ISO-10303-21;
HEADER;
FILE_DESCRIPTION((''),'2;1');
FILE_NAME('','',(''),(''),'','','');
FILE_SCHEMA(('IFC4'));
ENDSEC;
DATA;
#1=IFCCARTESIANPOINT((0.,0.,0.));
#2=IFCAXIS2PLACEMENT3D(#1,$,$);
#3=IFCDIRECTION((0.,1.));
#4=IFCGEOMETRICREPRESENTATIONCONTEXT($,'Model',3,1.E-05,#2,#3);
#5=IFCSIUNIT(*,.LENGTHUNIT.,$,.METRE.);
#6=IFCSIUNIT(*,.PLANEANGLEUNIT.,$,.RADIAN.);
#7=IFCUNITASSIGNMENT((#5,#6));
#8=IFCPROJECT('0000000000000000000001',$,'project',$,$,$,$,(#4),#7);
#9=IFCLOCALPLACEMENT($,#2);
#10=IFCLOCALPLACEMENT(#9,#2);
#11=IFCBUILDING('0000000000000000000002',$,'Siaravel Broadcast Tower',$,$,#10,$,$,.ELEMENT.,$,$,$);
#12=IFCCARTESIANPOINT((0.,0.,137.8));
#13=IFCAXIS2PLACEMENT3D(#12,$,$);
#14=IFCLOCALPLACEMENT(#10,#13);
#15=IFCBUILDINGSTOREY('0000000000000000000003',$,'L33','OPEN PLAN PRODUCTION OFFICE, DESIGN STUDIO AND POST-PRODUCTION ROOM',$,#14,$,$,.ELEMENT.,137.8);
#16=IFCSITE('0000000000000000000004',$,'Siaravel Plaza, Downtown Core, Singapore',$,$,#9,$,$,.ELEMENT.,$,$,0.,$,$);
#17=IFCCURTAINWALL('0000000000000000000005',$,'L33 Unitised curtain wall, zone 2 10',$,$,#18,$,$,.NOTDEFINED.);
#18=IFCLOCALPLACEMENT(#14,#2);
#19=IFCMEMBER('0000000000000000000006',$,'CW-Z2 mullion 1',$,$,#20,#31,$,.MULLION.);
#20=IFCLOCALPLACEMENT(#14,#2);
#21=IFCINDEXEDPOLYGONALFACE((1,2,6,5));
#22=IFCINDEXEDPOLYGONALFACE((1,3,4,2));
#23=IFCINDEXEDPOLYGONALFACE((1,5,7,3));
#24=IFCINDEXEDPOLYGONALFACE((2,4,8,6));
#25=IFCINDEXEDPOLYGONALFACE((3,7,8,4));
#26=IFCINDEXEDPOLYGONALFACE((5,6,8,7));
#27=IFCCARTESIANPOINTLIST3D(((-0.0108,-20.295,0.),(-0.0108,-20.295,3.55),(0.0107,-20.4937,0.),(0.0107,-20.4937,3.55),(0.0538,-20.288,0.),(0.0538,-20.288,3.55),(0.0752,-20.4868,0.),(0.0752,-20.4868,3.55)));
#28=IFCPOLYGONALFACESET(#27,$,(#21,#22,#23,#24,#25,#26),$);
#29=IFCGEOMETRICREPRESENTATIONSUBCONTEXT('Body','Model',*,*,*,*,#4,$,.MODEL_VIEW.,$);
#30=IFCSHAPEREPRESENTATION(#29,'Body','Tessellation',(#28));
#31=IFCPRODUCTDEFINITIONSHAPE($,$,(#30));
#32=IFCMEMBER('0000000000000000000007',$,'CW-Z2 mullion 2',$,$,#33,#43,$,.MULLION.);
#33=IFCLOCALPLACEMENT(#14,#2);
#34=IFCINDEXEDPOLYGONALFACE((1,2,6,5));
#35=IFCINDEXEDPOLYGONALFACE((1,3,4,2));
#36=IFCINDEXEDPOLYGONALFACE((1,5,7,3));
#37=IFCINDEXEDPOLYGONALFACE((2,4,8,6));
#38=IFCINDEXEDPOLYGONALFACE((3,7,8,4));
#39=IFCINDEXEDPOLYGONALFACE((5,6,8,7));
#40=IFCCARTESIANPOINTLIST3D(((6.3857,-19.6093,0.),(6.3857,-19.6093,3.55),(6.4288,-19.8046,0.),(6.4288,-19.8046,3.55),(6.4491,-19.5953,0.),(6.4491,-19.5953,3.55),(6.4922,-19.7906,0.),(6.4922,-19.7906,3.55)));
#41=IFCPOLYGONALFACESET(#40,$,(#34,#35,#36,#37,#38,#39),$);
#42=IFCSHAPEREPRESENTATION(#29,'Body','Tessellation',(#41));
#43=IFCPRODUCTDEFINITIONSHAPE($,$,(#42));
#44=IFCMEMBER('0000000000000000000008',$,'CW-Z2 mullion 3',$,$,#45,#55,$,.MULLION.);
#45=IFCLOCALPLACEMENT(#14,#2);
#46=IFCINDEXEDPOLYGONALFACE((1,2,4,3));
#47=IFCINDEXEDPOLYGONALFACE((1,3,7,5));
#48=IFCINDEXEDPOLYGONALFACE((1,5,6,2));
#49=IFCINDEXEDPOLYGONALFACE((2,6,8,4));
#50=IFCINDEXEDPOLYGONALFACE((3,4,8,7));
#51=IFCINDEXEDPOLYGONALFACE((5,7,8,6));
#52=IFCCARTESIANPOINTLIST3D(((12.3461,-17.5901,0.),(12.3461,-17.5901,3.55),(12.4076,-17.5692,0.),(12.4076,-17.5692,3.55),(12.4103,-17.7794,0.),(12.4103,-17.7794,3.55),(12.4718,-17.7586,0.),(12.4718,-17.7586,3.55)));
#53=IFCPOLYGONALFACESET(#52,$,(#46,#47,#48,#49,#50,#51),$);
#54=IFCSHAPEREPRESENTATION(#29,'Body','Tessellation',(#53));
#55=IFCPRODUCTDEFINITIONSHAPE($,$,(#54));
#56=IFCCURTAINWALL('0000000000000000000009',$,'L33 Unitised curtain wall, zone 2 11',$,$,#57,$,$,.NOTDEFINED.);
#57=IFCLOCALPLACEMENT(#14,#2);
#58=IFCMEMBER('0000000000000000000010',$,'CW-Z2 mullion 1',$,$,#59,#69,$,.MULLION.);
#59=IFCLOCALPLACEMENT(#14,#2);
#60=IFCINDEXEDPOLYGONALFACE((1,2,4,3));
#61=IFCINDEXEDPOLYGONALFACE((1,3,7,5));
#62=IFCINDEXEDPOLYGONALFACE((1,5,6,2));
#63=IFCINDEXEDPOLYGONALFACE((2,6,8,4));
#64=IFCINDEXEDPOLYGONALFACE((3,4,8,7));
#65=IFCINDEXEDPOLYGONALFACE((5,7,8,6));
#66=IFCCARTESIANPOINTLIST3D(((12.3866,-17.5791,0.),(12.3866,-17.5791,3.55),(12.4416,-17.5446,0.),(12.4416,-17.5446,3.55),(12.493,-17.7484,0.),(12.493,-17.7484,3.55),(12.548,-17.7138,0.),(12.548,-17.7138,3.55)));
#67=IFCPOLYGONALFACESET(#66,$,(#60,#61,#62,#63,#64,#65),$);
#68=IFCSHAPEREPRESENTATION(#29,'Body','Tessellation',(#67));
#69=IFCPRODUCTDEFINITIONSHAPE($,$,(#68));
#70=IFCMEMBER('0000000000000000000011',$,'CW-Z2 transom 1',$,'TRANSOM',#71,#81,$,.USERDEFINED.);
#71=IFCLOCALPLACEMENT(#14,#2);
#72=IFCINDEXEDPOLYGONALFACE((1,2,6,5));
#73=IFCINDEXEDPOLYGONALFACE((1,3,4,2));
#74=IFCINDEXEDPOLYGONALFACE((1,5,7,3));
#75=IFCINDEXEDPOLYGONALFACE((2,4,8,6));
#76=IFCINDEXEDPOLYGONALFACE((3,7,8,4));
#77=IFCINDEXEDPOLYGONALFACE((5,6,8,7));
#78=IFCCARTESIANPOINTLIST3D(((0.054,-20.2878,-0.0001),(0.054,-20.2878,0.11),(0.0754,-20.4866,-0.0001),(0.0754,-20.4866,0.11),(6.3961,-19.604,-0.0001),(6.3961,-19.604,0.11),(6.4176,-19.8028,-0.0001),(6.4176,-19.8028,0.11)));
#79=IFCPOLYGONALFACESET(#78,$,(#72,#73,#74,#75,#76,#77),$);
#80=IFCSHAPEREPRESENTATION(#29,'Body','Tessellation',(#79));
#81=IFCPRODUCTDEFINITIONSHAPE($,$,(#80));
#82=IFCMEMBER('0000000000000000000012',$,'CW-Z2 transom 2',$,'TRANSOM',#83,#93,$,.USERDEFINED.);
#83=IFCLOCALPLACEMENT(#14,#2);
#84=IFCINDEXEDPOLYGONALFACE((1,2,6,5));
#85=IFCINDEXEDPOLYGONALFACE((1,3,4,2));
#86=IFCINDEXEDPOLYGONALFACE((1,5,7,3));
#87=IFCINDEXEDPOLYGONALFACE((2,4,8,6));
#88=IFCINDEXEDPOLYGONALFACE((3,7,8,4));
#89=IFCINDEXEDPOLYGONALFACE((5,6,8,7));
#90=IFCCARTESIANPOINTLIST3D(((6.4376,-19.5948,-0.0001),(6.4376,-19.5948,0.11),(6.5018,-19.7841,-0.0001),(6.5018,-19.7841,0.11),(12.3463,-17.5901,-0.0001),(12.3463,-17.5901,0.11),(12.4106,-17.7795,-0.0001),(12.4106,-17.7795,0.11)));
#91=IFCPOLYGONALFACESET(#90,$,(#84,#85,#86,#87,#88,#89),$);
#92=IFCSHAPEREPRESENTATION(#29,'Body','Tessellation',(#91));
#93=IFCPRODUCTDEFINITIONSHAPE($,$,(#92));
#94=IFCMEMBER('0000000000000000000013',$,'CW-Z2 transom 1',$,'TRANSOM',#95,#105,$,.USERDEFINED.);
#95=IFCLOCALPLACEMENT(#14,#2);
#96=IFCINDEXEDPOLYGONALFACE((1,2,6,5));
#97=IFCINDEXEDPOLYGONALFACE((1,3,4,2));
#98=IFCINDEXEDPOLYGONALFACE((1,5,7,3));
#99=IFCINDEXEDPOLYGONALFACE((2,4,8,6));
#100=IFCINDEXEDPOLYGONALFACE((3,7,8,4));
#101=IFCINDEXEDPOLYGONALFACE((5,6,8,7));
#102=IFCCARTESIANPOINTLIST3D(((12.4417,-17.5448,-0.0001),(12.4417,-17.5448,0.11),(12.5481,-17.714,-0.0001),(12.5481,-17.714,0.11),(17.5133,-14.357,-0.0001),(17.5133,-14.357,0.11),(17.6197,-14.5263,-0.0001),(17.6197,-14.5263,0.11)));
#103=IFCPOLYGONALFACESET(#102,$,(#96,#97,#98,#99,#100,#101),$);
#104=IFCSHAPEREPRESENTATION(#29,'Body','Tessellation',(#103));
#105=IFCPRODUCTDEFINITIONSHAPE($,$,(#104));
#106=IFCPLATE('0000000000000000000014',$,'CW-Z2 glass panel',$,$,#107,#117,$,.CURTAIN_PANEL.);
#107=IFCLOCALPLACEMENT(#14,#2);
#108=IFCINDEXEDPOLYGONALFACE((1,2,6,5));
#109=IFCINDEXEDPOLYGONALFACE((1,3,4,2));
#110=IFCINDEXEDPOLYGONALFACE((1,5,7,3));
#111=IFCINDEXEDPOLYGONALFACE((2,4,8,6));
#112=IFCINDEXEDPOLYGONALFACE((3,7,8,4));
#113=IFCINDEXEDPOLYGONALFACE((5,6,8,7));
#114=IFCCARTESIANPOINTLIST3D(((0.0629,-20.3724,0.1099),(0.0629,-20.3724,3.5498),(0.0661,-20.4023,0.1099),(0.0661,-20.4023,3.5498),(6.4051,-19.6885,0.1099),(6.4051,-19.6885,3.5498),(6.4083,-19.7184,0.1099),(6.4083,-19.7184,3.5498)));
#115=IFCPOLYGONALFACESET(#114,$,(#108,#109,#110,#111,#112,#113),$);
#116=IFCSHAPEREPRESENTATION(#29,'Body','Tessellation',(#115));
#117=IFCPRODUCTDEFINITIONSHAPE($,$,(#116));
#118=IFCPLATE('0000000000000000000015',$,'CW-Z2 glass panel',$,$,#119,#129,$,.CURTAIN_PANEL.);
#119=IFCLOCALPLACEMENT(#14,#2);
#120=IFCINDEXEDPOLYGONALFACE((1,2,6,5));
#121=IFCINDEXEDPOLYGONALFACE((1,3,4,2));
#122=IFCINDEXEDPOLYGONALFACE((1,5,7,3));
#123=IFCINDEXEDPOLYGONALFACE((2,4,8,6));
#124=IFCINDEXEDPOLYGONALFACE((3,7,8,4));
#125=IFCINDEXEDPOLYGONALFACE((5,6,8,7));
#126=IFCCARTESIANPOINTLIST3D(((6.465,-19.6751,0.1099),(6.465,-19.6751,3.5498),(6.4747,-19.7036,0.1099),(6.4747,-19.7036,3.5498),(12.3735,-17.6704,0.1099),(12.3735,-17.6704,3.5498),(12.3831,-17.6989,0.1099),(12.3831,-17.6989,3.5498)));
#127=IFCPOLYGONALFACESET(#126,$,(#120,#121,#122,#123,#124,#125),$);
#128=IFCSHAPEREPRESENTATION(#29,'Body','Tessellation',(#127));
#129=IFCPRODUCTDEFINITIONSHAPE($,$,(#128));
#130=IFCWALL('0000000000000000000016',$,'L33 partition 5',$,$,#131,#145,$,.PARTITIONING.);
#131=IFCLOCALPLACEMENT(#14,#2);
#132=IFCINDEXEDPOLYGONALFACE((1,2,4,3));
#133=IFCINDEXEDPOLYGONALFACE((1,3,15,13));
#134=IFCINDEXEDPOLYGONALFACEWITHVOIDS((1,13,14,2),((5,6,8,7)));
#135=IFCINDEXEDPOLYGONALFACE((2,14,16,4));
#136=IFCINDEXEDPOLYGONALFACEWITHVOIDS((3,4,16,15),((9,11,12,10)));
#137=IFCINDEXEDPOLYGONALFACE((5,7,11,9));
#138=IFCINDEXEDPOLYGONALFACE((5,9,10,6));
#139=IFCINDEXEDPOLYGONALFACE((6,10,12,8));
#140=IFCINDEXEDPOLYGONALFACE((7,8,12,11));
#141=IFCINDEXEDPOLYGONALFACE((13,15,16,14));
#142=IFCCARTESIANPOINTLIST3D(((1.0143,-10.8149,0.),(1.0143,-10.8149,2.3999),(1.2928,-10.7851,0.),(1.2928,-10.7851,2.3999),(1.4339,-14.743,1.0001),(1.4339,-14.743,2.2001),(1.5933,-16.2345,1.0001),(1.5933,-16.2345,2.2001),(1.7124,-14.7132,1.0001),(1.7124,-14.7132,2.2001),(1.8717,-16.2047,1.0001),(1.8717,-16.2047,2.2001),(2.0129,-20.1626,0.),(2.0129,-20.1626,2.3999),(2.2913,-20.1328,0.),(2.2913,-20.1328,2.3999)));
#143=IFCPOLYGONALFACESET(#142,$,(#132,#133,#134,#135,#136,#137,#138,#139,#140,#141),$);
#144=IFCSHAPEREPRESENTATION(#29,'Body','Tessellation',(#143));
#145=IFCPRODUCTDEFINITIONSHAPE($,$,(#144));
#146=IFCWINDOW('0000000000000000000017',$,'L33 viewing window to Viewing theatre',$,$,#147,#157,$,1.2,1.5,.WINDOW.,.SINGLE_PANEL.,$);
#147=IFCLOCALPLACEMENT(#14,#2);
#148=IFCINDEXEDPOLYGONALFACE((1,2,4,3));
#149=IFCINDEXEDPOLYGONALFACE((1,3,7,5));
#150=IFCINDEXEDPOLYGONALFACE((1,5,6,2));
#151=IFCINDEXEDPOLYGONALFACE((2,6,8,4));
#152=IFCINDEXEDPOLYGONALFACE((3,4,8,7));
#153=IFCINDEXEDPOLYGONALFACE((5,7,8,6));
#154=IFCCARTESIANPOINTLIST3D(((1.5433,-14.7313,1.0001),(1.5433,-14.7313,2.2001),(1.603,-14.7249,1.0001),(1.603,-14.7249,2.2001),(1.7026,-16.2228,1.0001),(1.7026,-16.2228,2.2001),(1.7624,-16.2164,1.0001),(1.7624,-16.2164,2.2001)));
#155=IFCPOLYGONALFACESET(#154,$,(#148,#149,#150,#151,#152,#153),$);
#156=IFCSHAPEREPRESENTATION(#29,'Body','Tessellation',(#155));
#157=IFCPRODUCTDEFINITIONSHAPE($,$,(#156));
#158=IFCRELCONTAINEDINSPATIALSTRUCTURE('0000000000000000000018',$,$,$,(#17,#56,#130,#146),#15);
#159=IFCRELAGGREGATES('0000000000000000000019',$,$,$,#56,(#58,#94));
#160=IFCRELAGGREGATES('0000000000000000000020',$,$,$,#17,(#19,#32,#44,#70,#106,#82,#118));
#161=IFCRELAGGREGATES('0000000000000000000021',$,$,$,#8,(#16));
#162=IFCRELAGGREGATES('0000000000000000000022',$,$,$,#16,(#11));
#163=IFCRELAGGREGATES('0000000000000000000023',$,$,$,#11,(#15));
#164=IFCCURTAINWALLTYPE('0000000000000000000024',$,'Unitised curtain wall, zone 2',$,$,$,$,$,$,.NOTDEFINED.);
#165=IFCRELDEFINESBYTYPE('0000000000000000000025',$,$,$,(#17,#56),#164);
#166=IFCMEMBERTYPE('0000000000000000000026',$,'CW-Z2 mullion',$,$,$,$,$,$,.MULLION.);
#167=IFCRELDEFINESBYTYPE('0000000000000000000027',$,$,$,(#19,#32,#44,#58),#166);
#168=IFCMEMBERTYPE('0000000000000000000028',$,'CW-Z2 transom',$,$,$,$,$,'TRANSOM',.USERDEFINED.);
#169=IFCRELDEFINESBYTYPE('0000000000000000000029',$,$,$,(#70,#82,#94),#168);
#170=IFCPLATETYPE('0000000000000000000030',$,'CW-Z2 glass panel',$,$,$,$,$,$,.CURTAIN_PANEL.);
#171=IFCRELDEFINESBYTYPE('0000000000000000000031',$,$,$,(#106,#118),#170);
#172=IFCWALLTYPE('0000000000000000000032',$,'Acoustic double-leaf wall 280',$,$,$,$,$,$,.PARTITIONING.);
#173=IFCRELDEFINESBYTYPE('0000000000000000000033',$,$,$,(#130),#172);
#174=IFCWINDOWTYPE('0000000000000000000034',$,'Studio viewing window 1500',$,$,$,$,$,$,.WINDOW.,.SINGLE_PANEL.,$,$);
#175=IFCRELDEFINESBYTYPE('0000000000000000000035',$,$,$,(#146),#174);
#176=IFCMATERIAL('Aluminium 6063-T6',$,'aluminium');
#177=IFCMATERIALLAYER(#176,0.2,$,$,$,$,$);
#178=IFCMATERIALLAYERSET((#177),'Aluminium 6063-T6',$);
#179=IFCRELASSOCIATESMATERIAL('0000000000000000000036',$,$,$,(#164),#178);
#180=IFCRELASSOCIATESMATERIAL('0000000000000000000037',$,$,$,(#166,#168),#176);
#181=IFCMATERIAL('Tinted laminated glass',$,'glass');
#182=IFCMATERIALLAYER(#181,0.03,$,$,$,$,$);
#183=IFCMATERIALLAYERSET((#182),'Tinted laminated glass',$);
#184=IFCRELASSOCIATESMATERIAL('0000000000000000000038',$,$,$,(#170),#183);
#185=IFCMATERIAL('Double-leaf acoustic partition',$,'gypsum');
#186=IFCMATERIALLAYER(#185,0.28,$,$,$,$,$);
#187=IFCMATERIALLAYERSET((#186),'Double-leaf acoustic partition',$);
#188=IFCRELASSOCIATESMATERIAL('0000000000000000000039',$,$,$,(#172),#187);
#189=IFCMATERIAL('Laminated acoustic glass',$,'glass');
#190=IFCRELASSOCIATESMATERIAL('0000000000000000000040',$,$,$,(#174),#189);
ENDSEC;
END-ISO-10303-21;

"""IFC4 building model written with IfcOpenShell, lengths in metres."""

from ifc_helpers import new_model, si_unit, direction, frame, frame_2d, origin, origin_2d, place, context, subcontext, project, spatial, rectangle, extrude, material, layer, layer_set, material_profile, profile_set, type_object, element, fill, aggregate, save


model = new_model("IFC4")

# Units and contexts
model_context = context("Model", 3, precision=1e-05, world=origin(), true_north=direction((0.0, 1.0)))
body_context = subcontext(model_context, "Body", "Model", "MODEL_VIEW")
ifc_project = project(units=[si_unit("LENGTHUNIT", "METRE"), si_unit("PLANEANGLEUNIT", "RADIAN")], contexts=[model_context])

# Site, building, storey
site_placement = place(None, origin())
site = spatial("IfcSite", under=ifc_project, at=site_placement, Name="Siaravel Plaza, Downtown Core, Singapore", CompositionType="ELEMENT", RefElevation=0.0)
building_placement = place(site_placement, origin())
building = spatial("IfcBuilding", under=site, at=building_placement, Name="Siaravel Broadcast Tower", CompositionType="ELEMENT")
storey_placement = place(building_placement, frame((0.0, 0.0, 137.8)))
storey = spatial("IfcBuildingStorey", under=building, at=storey_placement, Name="L33", Description="OPEN PLAN PRODUCTION OFFICE, DESIGN STUDIO AND POST-PRODUCTION ROOM", CompositionType="ELEMENT", Elevation=137.8)

# Curtain wall, members
ifc_material_1 = material(Name="Aluminium 6063-T6", Category="aluminium")
ifc_layer_1 = layer(ifc_material_1, 0.2)
ifc_layer_set_1 = layer_set([ifc_layer_1], Name="Aluminium 6063-T6")
curtain_wall_type = type_object("IfcCurtainWallType", Name="Unitised curtain wall, zone 2", PredefinedType="NOTDEFINED", material=ifc_layer_set_1)
curtain_wall_1_placement = place(storey_placement, origin())
curtain_wall_1 = element("IfcCurtainWall", 1, at=curtain_wall_1_placement, inside=storey, type_object=curtain_wall_type, Name="L33 Unitised curtain wall, zone 2 10", PredefinedType="NOTDEFINED")
ifc_material_profile_1 = material_profile(ifc_material_1, rectangle(XDim=0.2, YDim=0.0649, at=origin_2d()))
ifc_profile_set_1 = profile_set([ifc_material_profile_1], Name="Aluminium 6063-T6")
member_type_1 = type_object("IfcMemberType", Name="CW-Z2 mullion", PredefinedType="MULLION", material=ifc_profile_set_1)
member_1_placement = place(storey_placement, frame((0.0322, -20.3909, 0.0), z_axis=(0.0, 0.0, 1.0), x_axis=(-0.107218, 0.994236, 0.0)))
member_1 = element("IfcMember", 2, at=member_1_placement, type_object=member_type_1, Name="CW-Z2 mullion 1", PredefinedType="MULLION", context=body_context, shape_type="SweptSolid", body=[
    extrude(rectangle(XDim=0.2, YDim=0.0649, at=origin_2d()), origin(), (0.0, 0.0, 1.0), 3.55),
])
member_2_placement = place(storey_placement, frame((6.439, -19.7, 0.0), z_axis=(0.0, 0.0, 1.0), x_axis=(-0.215559, 0.976491, 0.0)))
member_2 = element("IfcMember", 3, at=member_2_placement, type_object=member_type_1, Name="CW-Z2 mullion 2", PredefinedType="MULLION", context=body_context, shape_type="SweptSolid", body=[
    extrude(rectangle(XDim=0.2, YDim=0.0649, at=origin_2d()), origin(), (0.0, 0.0, 1.0), 3.55),
])
member_3_placement = place(storey_placement, frame((12.4089, -17.6743, 0.0), z_axis=(0.0, 0.0, 1.0), x_axis=(-0.321302, 0.946977, 0.0)))
member_3 = element("IfcMember", 4, at=member_3_placement, type_object=member_type_1, Name="CW-Z2 mullion 3", PredefinedType="MULLION", context=body_context, shape_type="SweptSolid", body=[
    extrude(rectangle(XDim=0.2, YDim=0.0649, at=origin_2d()), origin(), (0.0, 0.0, 1.0), 3.55),
])

# Curtain wall, member
curtain_wall_2_placement = place(storey_placement, origin())
curtain_wall_2 = element("IfcCurtainWall", 5, at=curtain_wall_2_placement, inside=storey, type_object=curtain_wall_type, Name="L33 Unitised curtain wall, zone 2 11", PredefinedType="NOTDEFINED")
member_4_placement = place(storey_placement, frame((12.4673, -17.6465, 0.0), z_axis=(0.0, 0.0, 1.0), x_axis=(-0.532151, 0.846649, 0.0)))
member_4 = element("IfcMember", 6, at=member_4_placement, type_object=member_type_1, Name="CW-Z2 mullion 1", PredefinedType="MULLION", context=body_context, shape_type="SweptSolid", body=[
    extrude(rectangle(XDim=0.2, YDim=0.0649, at=origin_2d()), origin(), (0.0, 0.0, 1.0), 3.55),
])

# Members
ifc_material_profile_2 = material_profile(ifc_material_1, rectangle(XDim=0.2, YDim=0.1101, at=origin_2d()))
ifc_profile_set_2 = profile_set([ifc_material_profile_2], Name="Aluminium 6063-T6")
member_type_2 = type_object("IfcMemberType", Name="CW-Z2 transom", ElementType="TRANSOM", PredefinedType="USERDEFINED", material=ifc_profile_set_2)
member_5_placement = place(storey_placement, frame((0.0647, -20.3872, 0.0549), z_axis=(0.994237, 0.107205, 0.0), x_axis=(-0.107205, 0.994237, 0.0)))
member_5 = element("IfcMember", 7, at=member_5_placement, type_object=member_type_2, Name="CW-Z2 transom 1", ObjectType="TRANSOM", PredefinedType="USERDEFINED", context=body_context, shape_type="SweptSolid", body=[
    extrude(rectangle(XDim=0.2, YDim=0.1101, at=origin_2d()), origin(), (0.0, 0.0, 1.0), 6.3789),
])
member_6_placement = place(storey_placement, frame((6.4697, -19.6895, 0.0549), z_axis=(0.946983, 0.321283, 0.0), x_axis=(-0.321283, 0.946983, 0.0)))
member_6 = element("IfcMember", 8, at=member_6_placement, type_object=member_type_2, Name="CW-Z2 transom 2", ObjectType="TRANSOM", PredefinedType="USERDEFINED", context=body_context, shape_type="SweptSolid", body=[
    extrude(rectangle(XDim=0.2, YDim=0.1101, at=origin_2d()), origin(), (0.0, 0.0, 1.0), 6.2395),
])
member_7_placement = place(storey_placement, frame((12.4949, -17.6294, 0.0549), z_axis=(0.846642, 0.532162, 0.0), x_axis=(-0.532162, 0.846642, 0.0)))
member_7 = element("IfcMember", 9, at=member_7_placement, type_object=member_type_2, Name="CW-Z2 transom 1", ObjectType="TRANSOM", PredefinedType="USERDEFINED", context=body_context, shape_type="SweptSolid", body=[
    extrude(rectangle(XDim=0.2, YDim=0.1101, at=origin_2d()), origin(), (0.0, 0.0, 1.0), 5.9902),
])
aggregate(curtain_wall_2, [member_4, member_7])

# Plates
ifc_material_2 = material(Name="Tinted laminated glass", Category="glass")
ifc_layer_2 = layer(ifc_material_2, 0.03)
ifc_layer_set_2 = layer_set([ifc_layer_2], Name="Tinted laminated glass")
plate_type = type_object("IfcPlateType", Name="CW-Z2 glass panel", PredefinedType="CURTAIN_PANEL", material=ifc_layer_set_2)
plate_1_placement = place(storey_placement, frame((3.2356, -20.0454, 0.1099), z_axis=(0.0, 0.0, 1.0), x_axis=(0.994236, 0.107218, 0.0)))
plate_1 = element("IfcPlate", 10, at=plate_1_placement, type_object=plate_type, Name="CW-Z2 glass panel", PredefinedType="CURTAIN_PANEL", context=body_context, shape_type="SweptSolid", body=[
    extrude(rectangle(XDim=6.3789, YDim=0.03, at=origin_2d()), origin(), (0.0, 0.0, 1.0), 3.4399),
])
plate_2_placement = place(storey_placement, frame((9.4241, -18.687, 0.1099), z_axis=(0.0, 0.0, 1.0), x_axis=(0.946977, 0.321302, 0.0)))
plate_2 = element("IfcPlate", 11, at=plate_2_placement, type_object=plate_type, Name="CW-Z2 glass panel", PredefinedType="CURTAIN_PANEL", context=body_context, shape_type="SweptSolid", body=[
    extrude(rectangle(XDim=6.2393, YDim=0.03, at=origin_2d()), origin(), (0.0, 0.0, 1.0), 3.4399),
])
aggregate(curtain_wall_1, [member_1, member_2, member_3, member_5, plate_1, member_6, plate_2])

# Wall, opening, window
ifc_material_3 = material(Name="Double-leaf acoustic partition", Category="gypsum")
ifc_layer_3 = layer(ifc_material_3, 0.28)
ifc_layer_set_3 = layer_set([ifc_layer_3], Name="Double-leaf acoustic partition")
wall_type = type_object("IfcWallType", Name="Acoustic double-leaf wall 280", PredefinedType="PARTITIONING", material=ifc_layer_set_3)
wall_placement = place(storey_placement, frame((2.1521, -20.1477, 0.0), z_axis=(0.0, 0.0, 1.0), x_axis=(-0.106218, 0.994343, 0.0)))
wall = element("IfcWall", 12, at=wall_placement, inside=storey, type_object=wall_type, Name="L33 partition 5", PredefinedType="PARTITIONING", context=body_context, shape_type="SweptSolid", body=[
    extrude(rectangle(XDim=9.4009, YDim=0.28, at=frame_2d((4.7004, 0.0))), origin(), (0.0, 0.0, 1.0), 2.3999),
])
opening_placement = place(wall_placement, frame((3.9504, 0.0, 1.0)))
opening = element("IfcOpeningElement", 13, at=opening_placement, cuts=wall, PredefinedType="OPENING", context=body_context, shape_type="SweptSolid", body=[
    extrude(rectangle(XDim=1.5, YDim=1.2, at=frame_2d((0.75, 0.6001))), frame((0.0, 0.1499, 0.0), z_axis=(0.0, -1.0, 0.0), x_axis=(1.0, 0.0, 0.0)), (0.0, 0.0, 1.0), 0.3),
])
ifc_material_4 = material(Name="Laminated acoustic glass", Category="glass")
window_type = type_object("IfcWindowType", Name="Studio viewing window 1500", PartitioningType="SINGLE_PANEL", PredefinedType="WINDOW", material=ifc_material_4)
window_placement = place(opening_placement, origin())
window = element("IfcWindow", 14, at=window_placement, inside=storey, type_object=window_type, Name="L33 viewing window to Viewing theatre", OverallHeight=1.2, OverallWidth=1.5, PartitioningType="SINGLE_PANEL", PredefinedType="WINDOW", context=body_context, shape_type="SweptSolid", body=[
    extrude(rectangle(XDim=1.5, YDim=1.2, at=frame_2d((0.75, 0.6001))), frame((0.0, 0.03, 0.0), z_axis=(0.0, -1.0, 0.0), x_axis=(1.0, 0.0, 0.0)), (0.0, 0.0, 1.0), 0.0601),
])
fill(opening, window)

save(model, "model.ifc")
